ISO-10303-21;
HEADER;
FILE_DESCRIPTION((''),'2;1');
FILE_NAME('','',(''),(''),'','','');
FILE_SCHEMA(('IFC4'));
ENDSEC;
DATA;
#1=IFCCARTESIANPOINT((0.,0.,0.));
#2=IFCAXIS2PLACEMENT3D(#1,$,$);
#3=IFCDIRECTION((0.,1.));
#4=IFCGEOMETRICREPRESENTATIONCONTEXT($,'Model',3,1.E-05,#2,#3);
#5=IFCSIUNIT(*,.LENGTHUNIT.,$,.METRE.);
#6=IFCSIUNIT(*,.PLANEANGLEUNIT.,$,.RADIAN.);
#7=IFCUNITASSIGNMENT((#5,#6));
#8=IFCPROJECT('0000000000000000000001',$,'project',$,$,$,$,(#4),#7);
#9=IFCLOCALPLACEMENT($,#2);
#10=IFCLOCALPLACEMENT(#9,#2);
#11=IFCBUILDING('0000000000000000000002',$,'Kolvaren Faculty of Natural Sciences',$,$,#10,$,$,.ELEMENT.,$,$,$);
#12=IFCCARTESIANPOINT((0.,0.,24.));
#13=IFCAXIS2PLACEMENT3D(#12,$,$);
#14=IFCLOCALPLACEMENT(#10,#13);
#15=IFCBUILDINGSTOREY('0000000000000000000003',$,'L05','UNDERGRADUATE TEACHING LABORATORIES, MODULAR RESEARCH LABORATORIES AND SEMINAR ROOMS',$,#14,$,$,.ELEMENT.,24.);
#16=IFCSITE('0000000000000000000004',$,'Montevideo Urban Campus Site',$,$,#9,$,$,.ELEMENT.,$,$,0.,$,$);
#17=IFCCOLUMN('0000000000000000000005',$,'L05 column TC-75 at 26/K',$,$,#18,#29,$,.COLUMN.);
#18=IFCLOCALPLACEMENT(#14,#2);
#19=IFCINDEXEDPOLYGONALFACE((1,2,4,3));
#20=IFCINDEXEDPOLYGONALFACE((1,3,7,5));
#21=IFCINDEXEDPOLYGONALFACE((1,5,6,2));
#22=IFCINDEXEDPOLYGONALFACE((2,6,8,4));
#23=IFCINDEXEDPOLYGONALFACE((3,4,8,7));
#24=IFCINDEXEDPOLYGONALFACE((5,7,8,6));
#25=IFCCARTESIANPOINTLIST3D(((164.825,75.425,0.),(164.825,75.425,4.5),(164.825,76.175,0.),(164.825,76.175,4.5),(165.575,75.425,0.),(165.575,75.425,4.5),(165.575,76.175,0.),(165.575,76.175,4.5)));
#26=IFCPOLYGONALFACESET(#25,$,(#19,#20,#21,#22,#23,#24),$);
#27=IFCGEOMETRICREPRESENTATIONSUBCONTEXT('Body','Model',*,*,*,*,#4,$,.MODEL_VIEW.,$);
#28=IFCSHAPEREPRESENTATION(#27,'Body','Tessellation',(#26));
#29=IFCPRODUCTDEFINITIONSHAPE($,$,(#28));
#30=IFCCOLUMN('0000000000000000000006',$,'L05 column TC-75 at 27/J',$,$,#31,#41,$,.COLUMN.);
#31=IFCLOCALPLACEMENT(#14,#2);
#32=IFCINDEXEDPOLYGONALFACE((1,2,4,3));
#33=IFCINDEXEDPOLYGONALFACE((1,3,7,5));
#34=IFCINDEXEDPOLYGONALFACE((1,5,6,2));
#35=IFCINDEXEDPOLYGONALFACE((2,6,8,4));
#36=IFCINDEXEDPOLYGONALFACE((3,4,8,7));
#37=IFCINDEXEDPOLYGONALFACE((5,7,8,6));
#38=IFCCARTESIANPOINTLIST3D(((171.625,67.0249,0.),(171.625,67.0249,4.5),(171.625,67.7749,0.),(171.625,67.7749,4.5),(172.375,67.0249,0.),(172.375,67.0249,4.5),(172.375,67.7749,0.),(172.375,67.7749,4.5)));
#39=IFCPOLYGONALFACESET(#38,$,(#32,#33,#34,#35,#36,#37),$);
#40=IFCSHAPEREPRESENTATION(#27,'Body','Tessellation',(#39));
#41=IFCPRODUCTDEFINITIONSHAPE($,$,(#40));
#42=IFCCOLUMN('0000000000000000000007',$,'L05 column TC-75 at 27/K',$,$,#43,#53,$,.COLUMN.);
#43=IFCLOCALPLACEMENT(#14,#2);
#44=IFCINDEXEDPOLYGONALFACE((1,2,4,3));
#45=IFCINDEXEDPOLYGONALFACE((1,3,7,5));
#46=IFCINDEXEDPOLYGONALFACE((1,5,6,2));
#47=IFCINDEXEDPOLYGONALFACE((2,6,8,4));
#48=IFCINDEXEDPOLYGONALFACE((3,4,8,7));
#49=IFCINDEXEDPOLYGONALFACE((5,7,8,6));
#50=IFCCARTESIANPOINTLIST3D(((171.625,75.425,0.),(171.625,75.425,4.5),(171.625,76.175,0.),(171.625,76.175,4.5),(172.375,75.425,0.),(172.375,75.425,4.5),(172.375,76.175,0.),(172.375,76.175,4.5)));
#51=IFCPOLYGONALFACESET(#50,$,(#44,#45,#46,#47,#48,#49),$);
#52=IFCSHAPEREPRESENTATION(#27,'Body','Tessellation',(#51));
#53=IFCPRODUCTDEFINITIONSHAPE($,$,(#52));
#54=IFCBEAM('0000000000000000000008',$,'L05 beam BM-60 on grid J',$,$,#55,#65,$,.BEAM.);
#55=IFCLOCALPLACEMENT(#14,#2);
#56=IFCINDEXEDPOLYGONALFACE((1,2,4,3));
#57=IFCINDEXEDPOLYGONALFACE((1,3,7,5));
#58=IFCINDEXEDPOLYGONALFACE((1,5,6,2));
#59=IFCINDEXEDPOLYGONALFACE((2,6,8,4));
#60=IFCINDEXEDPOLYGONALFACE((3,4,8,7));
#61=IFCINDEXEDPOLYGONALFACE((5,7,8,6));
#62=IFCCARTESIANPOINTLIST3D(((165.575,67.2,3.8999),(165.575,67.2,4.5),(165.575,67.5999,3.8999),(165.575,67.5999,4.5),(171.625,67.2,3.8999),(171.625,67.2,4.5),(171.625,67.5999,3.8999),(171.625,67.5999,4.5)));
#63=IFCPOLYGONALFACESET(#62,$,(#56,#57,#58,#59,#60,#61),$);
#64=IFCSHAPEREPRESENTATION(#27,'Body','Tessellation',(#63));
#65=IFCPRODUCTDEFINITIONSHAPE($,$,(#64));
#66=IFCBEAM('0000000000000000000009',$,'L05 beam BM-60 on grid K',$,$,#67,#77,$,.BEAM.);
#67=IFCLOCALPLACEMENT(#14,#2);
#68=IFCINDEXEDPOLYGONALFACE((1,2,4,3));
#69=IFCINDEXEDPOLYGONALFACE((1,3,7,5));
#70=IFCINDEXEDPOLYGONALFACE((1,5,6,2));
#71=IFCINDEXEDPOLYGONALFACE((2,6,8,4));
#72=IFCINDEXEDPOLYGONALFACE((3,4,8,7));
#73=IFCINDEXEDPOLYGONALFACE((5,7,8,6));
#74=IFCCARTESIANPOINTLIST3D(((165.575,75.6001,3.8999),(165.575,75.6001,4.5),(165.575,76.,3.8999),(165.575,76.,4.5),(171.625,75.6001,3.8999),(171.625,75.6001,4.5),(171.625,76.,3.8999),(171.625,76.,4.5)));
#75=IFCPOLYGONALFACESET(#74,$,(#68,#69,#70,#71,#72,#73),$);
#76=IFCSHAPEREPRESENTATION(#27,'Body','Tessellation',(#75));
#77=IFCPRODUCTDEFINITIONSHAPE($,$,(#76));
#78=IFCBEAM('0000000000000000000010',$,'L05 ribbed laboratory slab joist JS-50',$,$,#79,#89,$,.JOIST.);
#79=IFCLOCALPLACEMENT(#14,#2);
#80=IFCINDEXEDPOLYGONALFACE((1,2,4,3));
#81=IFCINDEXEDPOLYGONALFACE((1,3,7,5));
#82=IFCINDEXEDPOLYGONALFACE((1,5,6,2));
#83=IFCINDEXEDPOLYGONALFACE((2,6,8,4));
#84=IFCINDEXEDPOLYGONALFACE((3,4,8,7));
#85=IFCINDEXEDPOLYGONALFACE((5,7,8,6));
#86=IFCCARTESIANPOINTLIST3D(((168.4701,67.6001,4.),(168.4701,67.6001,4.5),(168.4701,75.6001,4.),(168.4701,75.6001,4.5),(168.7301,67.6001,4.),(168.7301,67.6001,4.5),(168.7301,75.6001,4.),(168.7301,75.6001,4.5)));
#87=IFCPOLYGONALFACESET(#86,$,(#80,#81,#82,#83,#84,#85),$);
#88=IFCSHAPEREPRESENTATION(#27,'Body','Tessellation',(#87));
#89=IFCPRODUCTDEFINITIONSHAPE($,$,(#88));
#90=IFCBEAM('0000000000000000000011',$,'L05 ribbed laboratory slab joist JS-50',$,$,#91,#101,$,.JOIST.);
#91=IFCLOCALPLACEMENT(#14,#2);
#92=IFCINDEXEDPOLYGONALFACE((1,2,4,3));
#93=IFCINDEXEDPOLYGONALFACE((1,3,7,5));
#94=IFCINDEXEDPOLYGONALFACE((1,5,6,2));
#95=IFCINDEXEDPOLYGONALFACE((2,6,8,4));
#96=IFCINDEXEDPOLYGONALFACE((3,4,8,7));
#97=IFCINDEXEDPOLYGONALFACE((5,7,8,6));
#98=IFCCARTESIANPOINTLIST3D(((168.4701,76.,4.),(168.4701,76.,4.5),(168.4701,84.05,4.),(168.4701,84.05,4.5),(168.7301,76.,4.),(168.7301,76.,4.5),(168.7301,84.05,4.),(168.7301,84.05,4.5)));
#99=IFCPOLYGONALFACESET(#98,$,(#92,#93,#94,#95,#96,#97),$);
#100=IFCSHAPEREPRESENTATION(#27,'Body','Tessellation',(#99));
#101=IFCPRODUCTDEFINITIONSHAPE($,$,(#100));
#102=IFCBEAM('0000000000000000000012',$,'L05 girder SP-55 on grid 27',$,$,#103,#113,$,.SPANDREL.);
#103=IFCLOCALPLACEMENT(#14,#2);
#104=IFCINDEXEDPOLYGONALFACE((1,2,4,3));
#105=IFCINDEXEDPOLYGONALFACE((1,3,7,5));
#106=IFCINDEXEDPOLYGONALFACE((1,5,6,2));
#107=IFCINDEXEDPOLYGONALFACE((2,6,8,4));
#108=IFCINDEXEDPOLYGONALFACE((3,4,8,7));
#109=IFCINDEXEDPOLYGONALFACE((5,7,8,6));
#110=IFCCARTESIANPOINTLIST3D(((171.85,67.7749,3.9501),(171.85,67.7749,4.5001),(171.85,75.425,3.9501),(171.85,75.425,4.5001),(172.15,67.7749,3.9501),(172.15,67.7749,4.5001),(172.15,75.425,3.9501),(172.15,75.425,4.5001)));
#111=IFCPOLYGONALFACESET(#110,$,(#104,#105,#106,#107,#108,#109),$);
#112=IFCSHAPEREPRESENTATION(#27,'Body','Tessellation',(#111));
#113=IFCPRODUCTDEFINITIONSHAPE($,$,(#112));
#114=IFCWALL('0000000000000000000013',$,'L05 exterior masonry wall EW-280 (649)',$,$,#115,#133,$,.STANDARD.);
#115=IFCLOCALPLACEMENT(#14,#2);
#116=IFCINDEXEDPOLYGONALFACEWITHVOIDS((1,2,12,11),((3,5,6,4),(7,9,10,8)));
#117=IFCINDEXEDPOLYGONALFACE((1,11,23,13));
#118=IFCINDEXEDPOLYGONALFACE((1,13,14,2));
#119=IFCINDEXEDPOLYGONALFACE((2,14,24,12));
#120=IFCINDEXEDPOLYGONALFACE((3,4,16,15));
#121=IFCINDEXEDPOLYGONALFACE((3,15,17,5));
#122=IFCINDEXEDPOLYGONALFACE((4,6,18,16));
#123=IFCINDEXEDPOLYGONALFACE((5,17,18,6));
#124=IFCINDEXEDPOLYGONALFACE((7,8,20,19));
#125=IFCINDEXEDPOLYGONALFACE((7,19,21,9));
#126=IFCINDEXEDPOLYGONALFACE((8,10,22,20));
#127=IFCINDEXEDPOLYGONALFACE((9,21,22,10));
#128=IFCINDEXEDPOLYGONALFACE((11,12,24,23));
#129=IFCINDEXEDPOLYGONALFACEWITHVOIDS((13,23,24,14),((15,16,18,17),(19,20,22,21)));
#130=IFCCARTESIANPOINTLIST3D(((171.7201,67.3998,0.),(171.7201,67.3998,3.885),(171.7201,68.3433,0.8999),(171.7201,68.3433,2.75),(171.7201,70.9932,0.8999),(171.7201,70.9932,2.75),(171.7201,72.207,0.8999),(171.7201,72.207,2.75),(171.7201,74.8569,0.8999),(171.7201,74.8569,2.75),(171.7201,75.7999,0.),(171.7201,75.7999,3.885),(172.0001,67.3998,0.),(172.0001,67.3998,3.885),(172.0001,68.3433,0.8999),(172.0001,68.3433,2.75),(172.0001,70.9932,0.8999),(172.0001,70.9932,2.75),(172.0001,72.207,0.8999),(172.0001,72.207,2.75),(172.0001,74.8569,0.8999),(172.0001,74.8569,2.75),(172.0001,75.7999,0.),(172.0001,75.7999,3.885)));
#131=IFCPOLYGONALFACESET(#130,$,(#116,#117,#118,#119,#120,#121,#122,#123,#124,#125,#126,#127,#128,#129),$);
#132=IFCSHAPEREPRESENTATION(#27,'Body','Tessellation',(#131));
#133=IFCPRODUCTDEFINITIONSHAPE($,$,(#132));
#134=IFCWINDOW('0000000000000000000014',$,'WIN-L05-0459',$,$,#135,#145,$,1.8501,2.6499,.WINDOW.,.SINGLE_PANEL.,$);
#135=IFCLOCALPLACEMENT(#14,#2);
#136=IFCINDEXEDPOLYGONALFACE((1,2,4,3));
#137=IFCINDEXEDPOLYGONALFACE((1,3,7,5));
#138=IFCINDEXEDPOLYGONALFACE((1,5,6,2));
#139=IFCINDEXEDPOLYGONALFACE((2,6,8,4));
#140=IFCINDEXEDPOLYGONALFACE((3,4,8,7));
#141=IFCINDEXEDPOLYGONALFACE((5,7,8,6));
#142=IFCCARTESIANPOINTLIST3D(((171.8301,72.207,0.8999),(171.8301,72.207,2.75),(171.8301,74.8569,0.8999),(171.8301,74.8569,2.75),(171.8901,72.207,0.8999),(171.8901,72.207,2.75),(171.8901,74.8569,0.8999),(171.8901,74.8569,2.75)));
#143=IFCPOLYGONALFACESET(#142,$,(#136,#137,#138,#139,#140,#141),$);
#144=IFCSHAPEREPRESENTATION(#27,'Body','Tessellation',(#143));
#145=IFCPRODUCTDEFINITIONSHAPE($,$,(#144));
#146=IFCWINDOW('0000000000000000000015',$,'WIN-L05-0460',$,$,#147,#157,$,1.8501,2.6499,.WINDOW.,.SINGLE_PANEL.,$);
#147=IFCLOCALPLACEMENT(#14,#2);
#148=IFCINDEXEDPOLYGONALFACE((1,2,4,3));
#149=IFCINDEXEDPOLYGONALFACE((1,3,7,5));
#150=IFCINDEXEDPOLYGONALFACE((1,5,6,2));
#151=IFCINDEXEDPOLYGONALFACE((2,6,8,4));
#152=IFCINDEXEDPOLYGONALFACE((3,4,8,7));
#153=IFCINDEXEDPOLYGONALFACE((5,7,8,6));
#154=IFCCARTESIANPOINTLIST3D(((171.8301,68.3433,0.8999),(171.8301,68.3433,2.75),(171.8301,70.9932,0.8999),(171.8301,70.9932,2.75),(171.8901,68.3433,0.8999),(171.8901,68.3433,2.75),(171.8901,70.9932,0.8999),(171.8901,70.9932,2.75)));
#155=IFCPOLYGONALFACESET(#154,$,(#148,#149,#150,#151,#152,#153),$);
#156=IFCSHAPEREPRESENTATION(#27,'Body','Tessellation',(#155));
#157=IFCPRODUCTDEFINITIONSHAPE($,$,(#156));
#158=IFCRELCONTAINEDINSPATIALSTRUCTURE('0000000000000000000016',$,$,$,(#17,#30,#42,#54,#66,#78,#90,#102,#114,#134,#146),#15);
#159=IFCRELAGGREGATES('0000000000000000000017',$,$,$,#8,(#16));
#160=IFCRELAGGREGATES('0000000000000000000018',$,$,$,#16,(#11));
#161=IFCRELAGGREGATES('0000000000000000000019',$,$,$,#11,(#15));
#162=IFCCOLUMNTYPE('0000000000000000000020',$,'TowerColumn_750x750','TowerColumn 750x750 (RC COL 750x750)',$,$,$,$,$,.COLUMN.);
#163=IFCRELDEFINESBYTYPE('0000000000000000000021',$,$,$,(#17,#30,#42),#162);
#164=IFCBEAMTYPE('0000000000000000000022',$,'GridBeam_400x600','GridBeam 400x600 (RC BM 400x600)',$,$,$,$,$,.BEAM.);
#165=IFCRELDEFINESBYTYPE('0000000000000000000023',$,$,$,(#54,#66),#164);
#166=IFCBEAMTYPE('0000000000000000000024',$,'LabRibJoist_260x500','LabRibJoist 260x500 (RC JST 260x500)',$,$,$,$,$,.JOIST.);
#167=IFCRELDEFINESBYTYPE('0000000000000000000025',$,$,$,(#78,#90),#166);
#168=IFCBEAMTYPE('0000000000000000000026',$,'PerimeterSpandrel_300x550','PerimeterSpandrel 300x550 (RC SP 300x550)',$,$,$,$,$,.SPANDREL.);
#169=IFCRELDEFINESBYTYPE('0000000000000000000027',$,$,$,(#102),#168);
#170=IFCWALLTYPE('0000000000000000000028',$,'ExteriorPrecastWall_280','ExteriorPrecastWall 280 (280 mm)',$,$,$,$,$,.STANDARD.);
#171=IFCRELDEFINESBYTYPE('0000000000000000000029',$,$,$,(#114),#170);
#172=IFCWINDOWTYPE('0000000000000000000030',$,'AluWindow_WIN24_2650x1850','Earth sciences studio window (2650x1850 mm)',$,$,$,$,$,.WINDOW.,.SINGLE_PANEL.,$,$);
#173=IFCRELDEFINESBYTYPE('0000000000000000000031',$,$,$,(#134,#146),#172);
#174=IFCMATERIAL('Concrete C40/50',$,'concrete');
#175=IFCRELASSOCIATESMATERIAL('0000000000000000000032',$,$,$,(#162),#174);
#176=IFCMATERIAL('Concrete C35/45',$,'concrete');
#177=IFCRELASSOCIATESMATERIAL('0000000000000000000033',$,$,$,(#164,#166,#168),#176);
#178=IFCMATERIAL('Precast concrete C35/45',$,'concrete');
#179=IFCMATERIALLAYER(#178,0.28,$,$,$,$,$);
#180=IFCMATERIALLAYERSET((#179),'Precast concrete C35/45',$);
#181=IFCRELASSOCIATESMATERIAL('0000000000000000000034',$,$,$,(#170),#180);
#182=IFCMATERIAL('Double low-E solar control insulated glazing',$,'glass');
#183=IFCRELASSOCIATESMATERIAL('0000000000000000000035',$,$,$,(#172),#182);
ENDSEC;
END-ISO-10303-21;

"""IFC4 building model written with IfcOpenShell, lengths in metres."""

from ifc_helpers import new_model, si_unit, direction, frame, frame_2d, origin, origin_2d, place, context, subcontext, project, spatial, rectangle, extrude, material, layer, layer_set, material_profile, profile_set, type_object, element, fill, save


model = new_model("IFC4")

# Units and contexts
model_context = context("Model", 3, precision=1e-05, world=origin(), true_north=direction((0.0, 1.0)))
body_context = subcontext(model_context, "Body", "Model", "MODEL_VIEW")
ifc_project = project(units=[si_unit("LENGTHUNIT", "METRE"), si_unit("PLANEANGLEUNIT", "RADIAN")], contexts=[model_context])

# Site, building, storey
site_placement = place(None, origin())
site = spatial("IfcSite", under=ifc_project, at=site_placement, Name="Montevideo Urban Campus Site", CompositionType="ELEMENT", RefElevation=0.0)
building_placement = place(site_placement, origin())
building = spatial("IfcBuilding", under=site, at=building_placement, Name="Kolvaren Faculty of Natural Sciences", CompositionType="ELEMENT")
storey_placement = place(building_placement, frame((0.0, 0.0, 24.0)))
storey = spatial("IfcBuildingStorey", under=building, at=storey_placement, Name="L05", Description="UNDERGRADUATE TEACHING LABORATORIES, MODULAR RESEARCH LABORATORIES AND SEMINAR ROOMS", CompositionType="ELEMENT", Elevation=24.0)

# Columns
ifc_material_1 = material(Name="Concrete C40/50", Category="concrete")
ifc_material_profile_1 = material_profile(ifc_material_1, rectangle(XDim=0.75, YDim=0.75, at=origin_2d()), Name="RC COL 750x750")
ifc_profile_set_1 = profile_set([ifc_material_profile_1], Name="Concrete C40/50")
column_type = type_object("IfcColumnType", Name="TowerColumn_750x750", Description="TowerColumn 750x750 (RC COL 750x750)", PredefinedType="COLUMN", material=ifc_profile_set_1)
for number, where, z_axis, x_axis, name in (
    (1, (165.2, 75.8, 0.0), (0.0, 0.0, 1.0), (1.0, 0.0, 0.0), "L05 column TC-75 at 26/K"),
    (2, (172.0, 67.3999, 0.0), (0.0, 0.0, 1.0), (1.0, 0.0, 0.0), "L05 column TC-75 at 27/J"),
    (3, (172.0, 75.8, 0.0), (0.0, 0.0, 1.0), (1.0, 0.0, 0.0), "L05 column TC-75 at 27/K"),
):
    element("IfcColumn", number, at=place(storey_placement, frame(where, z_axis=z_axis, x_axis=x_axis)), inside=storey, type_object=column_type, Name=name, PredefinedType="COLUMN", context=body_context, shape_type="SweptSolid", body=[
        extrude(rectangle(XDim=0.75, YDim=0.75, at=origin_2d()), origin(), (0.0, 0.0, 1.0), 4.5),
    ])

# Beams
ifc_material_2 = material(Name="Concrete C35/45", Category="concrete")
ifc_material_profile_2 = material_profile(ifc_material_2, rectangle(XDim=0.3999, YDim=0.6001, at=origin_2d()), Name="RC BM 400x600")
ifc_profile_set_2 = profile_set([ifc_material_profile_2], Name="Concrete C35/45")
beam_type_1 = type_object("IfcBeamType", Name="GridBeam_400x600", Description="GridBeam 400x600 (RC BM 400x600)", PredefinedType="BEAM", material=ifc_profile_set_2)
for number, where, z_axis, x_axis, name in (
    (4, (165.575, 67.3999, 4.2), (1.0, 0.0, 0.0), (0.0, 1.0, 0.0), "L05 beam BM-60 on grid J"),
    (5, (165.575, 75.8, 4.2), (1.0, 0.0, 0.0), (0.0, 1.0, 0.0), "L05 beam BM-60 on grid K"),
):
    element("IfcBeam", number, at=place(storey_placement, frame(where, z_axis=z_axis, x_axis=x_axis)), inside=storey, type_object=beam_type_1, Name=name, PredefinedType="BEAM", context=body_context, shape_type="SweptSolid", body=[
        extrude(rectangle(XDim=0.3999, YDim=0.6001, at=origin_2d()), origin(), (0.0, 0.0, 1.0), 6.05),
    ])
ifc_material_profile_3 = material_profile(ifc_material_2, rectangle(XDim=0.26, YDim=0.5, at=origin_2d()), Name="RC JST 260x500")
ifc_profile_set_3 = profile_set([ifc_material_profile_3], Name="Concrete C35/45")
beam_type_2 = type_object("IfcBeamType", Name="LabRibJoist_260x500", Description="LabRibJoist 260x500 (RC JST 260x500)", PredefinedType="JOIST", material=ifc_profile_set_3)
beam_1_placement = place(storey_placement, frame((168.6001, 67.6001, 4.25), z_axis=(0.0, 1.0, 0.0), x_axis=(-1.0, 0.0, 0.0)))
element("IfcBeam", 6, at=beam_1_placement, inside=storey, type_object=beam_type_2, Name="L05 ribbed laboratory slab joist JS-50", PredefinedType="JOIST", context=body_context, shape_type="SweptSolid", body=[
    extrude(rectangle(XDim=0.26, YDim=0.5, at=origin_2d()), origin(), (0.0, 0.0, 1.0), 8.0),
])
beam_2_placement = place(storey_placement, frame((168.6001, 76.0, 4.25), z_axis=(0.0, 1.0, 0.0), x_axis=(-1.0, 0.0, 0.0)))
element("IfcBeam", 7, at=beam_2_placement, inside=storey, type_object=beam_type_2, Name="L05 ribbed laboratory slab joist JS-50", PredefinedType="JOIST", context=body_context, shape_type="SweptSolid", body=[
    extrude(rectangle(XDim=0.26, YDim=0.5, at=origin_2d()), origin(), (0.0, 0.0, 1.0), 8.05),
])
ifc_material_profile_4 = material_profile(ifc_material_2, rectangle(XDim=0.3, YDim=0.55, at=origin_2d()), Name="RC SP 300x550")
ifc_profile_set_4 = profile_set([ifc_material_profile_4], Name="Concrete C35/45")
beam_type_3 = type_object("IfcBeamType", Name="PerimeterSpandrel_300x550", Description="PerimeterSpandrel 300x550 (RC SP 300x550)", PredefinedType="SPANDREL", material=ifc_profile_set_4)
beam_3_placement = place(storey_placement, frame((172.0, 67.7749, 4.2251), z_axis=(0.0, 1.0, 0.0), x_axis=(-1.0, 0.0, 0.0)))
element("IfcBeam", 8, at=beam_3_placement, inside=storey, type_object=beam_type_3, Name="L05 girder SP-55 on grid 27", PredefinedType="SPANDREL", context=body_context, shape_type="SweptSolid", body=[
    extrude(rectangle(XDim=0.3, YDim=0.55, at=origin_2d()), origin(), (0.0, 0.0, 1.0), 7.6501),
])

# Wall, openings, windows
ifc_material_3 = material(Name="Precast concrete C35/45", Category="concrete")
ifc_layer_1 = layer(ifc_material_3, 0.28)
ifc_layer_set_1 = layer_set([ifc_layer_1], Name="Precast concrete C35/45")
wall_type_1 = type_object("IfcWallType", Name="ExteriorPrecastWall_280", Description="ExteriorPrecastWall 280 (280 mm)", PredefinedType="STANDARD", material=ifc_layer_set_1)
wall_1_placement = place(storey_placement, frame((171.8601, 75.8, 0.0), z_axis=(0.0, 0.0, 1.0), x_axis=(0.0, -1.0, 0.0)))
wall_1 = element("IfcWall", 9, at=wall_1_placement, inside=storey, type_object=wall_type_1, Name="L05 exterior masonry wall EW-280 (649)", PredefinedType="STANDARD", context=body_context, shape_type="SweptSolid", body=[
    extrude(rectangle(XDim=8.4001, YDim=0.28, at=frame_2d((4.2002, 0.0))), origin(), (0.0, 0.0, 1.0), 3.885),
])
opening_1_placement = place(wall_1_placement, frame((0.9431, 0.0, 0.8999)))
opening_1 = element("IfcOpeningElement", 10, at=opening_1_placement, cuts=wall_1, PredefinedType="OPENING", context=body_context, shape_type="SweptSolid", body=[
    extrude(rectangle(XDim=2.6499, YDim=1.8501, at=frame_2d((1.325, 0.925))), frame((0.0, 0.1499, 0.0), z_axis=(0.0, -1.0, 0.0), x_axis=(1.0, 0.0, 0.0)), (0.0, 0.0, 1.0), 0.3),
])
opening_2_placement = place(wall_1_placement, frame((4.8069, 0.0, 0.8999)))
opening_2 = element("IfcOpeningElement", 11, at=opening_2_placement, cuts=wall_1, PredefinedType="OPENING", context=body_context, shape_type="SweptSolid", body=[
    extrude(rectangle(XDim=2.6499, YDim=1.8501, at=frame_2d((1.325, 0.925))), frame((0.0, 0.1499, 0.0), z_axis=(0.0, -1.0, 0.0), x_axis=(1.0, 0.0, 0.0)), (0.0, 0.0, 1.0), 0.3),
])
ifc_material_4 = material(Name="Double low-E solar control insulated glazing", Category="glass")
window_type_1 = type_object("IfcWindowType", Name="AluWindow_WIN24_2650x1850", Description="Earth sciences studio window (2650x1850 mm)", PartitioningType="SINGLE_PANEL", PredefinedType="WINDOW", material=ifc_material_4)
window_1_placement = place(opening_1_placement, origin())
window_1 = element("IfcWindow", 12, at=window_1_placement, inside=storey, type_object=window_type_1, Name="WIN-L05-0459", OverallHeight=1.8501, OverallWidth=2.6499, PartitioningType="SINGLE_PANEL", PredefinedType="WINDOW", context=body_context, shape_type="SweptSolid", body=[
    extrude(rectangle(XDim=2.6499, YDim=1.8501, at=frame_2d((1.325, 0.925))), frame((0.0, 0.03, 0.0), z_axis=(0.0, -1.0, 0.0), x_axis=(1.0, 0.0, 0.0)), (0.0, 0.0, 1.0), 0.0601),
])
fill(opening_1, window_1)
window_2_placement = place(opening_2_placement, origin())
window_2 = element("IfcWindow", 13, at=window_2_placement, inside=storey, type_object=window_type_1, Name="WIN-L05-0460", OverallHeight=1.8501, OverallWidth=2.6499, PartitioningType="SINGLE_PANEL", PredefinedType="WINDOW", context=body_context, shape_type="SweptSolid", body=[
    extrude(rectangle(XDim=2.6499, YDim=1.8501, at=frame_2d((1.325, 0.925))), frame((0.0, 0.03, 0.0), z_axis=(0.0, -1.0, 0.0), x_axis=(1.0, 0.0, 0.0)), (0.0, 0.0, 1.0), 0.0601),
])
fill(opening_2, window_2)

save(model, "model.ifc")
